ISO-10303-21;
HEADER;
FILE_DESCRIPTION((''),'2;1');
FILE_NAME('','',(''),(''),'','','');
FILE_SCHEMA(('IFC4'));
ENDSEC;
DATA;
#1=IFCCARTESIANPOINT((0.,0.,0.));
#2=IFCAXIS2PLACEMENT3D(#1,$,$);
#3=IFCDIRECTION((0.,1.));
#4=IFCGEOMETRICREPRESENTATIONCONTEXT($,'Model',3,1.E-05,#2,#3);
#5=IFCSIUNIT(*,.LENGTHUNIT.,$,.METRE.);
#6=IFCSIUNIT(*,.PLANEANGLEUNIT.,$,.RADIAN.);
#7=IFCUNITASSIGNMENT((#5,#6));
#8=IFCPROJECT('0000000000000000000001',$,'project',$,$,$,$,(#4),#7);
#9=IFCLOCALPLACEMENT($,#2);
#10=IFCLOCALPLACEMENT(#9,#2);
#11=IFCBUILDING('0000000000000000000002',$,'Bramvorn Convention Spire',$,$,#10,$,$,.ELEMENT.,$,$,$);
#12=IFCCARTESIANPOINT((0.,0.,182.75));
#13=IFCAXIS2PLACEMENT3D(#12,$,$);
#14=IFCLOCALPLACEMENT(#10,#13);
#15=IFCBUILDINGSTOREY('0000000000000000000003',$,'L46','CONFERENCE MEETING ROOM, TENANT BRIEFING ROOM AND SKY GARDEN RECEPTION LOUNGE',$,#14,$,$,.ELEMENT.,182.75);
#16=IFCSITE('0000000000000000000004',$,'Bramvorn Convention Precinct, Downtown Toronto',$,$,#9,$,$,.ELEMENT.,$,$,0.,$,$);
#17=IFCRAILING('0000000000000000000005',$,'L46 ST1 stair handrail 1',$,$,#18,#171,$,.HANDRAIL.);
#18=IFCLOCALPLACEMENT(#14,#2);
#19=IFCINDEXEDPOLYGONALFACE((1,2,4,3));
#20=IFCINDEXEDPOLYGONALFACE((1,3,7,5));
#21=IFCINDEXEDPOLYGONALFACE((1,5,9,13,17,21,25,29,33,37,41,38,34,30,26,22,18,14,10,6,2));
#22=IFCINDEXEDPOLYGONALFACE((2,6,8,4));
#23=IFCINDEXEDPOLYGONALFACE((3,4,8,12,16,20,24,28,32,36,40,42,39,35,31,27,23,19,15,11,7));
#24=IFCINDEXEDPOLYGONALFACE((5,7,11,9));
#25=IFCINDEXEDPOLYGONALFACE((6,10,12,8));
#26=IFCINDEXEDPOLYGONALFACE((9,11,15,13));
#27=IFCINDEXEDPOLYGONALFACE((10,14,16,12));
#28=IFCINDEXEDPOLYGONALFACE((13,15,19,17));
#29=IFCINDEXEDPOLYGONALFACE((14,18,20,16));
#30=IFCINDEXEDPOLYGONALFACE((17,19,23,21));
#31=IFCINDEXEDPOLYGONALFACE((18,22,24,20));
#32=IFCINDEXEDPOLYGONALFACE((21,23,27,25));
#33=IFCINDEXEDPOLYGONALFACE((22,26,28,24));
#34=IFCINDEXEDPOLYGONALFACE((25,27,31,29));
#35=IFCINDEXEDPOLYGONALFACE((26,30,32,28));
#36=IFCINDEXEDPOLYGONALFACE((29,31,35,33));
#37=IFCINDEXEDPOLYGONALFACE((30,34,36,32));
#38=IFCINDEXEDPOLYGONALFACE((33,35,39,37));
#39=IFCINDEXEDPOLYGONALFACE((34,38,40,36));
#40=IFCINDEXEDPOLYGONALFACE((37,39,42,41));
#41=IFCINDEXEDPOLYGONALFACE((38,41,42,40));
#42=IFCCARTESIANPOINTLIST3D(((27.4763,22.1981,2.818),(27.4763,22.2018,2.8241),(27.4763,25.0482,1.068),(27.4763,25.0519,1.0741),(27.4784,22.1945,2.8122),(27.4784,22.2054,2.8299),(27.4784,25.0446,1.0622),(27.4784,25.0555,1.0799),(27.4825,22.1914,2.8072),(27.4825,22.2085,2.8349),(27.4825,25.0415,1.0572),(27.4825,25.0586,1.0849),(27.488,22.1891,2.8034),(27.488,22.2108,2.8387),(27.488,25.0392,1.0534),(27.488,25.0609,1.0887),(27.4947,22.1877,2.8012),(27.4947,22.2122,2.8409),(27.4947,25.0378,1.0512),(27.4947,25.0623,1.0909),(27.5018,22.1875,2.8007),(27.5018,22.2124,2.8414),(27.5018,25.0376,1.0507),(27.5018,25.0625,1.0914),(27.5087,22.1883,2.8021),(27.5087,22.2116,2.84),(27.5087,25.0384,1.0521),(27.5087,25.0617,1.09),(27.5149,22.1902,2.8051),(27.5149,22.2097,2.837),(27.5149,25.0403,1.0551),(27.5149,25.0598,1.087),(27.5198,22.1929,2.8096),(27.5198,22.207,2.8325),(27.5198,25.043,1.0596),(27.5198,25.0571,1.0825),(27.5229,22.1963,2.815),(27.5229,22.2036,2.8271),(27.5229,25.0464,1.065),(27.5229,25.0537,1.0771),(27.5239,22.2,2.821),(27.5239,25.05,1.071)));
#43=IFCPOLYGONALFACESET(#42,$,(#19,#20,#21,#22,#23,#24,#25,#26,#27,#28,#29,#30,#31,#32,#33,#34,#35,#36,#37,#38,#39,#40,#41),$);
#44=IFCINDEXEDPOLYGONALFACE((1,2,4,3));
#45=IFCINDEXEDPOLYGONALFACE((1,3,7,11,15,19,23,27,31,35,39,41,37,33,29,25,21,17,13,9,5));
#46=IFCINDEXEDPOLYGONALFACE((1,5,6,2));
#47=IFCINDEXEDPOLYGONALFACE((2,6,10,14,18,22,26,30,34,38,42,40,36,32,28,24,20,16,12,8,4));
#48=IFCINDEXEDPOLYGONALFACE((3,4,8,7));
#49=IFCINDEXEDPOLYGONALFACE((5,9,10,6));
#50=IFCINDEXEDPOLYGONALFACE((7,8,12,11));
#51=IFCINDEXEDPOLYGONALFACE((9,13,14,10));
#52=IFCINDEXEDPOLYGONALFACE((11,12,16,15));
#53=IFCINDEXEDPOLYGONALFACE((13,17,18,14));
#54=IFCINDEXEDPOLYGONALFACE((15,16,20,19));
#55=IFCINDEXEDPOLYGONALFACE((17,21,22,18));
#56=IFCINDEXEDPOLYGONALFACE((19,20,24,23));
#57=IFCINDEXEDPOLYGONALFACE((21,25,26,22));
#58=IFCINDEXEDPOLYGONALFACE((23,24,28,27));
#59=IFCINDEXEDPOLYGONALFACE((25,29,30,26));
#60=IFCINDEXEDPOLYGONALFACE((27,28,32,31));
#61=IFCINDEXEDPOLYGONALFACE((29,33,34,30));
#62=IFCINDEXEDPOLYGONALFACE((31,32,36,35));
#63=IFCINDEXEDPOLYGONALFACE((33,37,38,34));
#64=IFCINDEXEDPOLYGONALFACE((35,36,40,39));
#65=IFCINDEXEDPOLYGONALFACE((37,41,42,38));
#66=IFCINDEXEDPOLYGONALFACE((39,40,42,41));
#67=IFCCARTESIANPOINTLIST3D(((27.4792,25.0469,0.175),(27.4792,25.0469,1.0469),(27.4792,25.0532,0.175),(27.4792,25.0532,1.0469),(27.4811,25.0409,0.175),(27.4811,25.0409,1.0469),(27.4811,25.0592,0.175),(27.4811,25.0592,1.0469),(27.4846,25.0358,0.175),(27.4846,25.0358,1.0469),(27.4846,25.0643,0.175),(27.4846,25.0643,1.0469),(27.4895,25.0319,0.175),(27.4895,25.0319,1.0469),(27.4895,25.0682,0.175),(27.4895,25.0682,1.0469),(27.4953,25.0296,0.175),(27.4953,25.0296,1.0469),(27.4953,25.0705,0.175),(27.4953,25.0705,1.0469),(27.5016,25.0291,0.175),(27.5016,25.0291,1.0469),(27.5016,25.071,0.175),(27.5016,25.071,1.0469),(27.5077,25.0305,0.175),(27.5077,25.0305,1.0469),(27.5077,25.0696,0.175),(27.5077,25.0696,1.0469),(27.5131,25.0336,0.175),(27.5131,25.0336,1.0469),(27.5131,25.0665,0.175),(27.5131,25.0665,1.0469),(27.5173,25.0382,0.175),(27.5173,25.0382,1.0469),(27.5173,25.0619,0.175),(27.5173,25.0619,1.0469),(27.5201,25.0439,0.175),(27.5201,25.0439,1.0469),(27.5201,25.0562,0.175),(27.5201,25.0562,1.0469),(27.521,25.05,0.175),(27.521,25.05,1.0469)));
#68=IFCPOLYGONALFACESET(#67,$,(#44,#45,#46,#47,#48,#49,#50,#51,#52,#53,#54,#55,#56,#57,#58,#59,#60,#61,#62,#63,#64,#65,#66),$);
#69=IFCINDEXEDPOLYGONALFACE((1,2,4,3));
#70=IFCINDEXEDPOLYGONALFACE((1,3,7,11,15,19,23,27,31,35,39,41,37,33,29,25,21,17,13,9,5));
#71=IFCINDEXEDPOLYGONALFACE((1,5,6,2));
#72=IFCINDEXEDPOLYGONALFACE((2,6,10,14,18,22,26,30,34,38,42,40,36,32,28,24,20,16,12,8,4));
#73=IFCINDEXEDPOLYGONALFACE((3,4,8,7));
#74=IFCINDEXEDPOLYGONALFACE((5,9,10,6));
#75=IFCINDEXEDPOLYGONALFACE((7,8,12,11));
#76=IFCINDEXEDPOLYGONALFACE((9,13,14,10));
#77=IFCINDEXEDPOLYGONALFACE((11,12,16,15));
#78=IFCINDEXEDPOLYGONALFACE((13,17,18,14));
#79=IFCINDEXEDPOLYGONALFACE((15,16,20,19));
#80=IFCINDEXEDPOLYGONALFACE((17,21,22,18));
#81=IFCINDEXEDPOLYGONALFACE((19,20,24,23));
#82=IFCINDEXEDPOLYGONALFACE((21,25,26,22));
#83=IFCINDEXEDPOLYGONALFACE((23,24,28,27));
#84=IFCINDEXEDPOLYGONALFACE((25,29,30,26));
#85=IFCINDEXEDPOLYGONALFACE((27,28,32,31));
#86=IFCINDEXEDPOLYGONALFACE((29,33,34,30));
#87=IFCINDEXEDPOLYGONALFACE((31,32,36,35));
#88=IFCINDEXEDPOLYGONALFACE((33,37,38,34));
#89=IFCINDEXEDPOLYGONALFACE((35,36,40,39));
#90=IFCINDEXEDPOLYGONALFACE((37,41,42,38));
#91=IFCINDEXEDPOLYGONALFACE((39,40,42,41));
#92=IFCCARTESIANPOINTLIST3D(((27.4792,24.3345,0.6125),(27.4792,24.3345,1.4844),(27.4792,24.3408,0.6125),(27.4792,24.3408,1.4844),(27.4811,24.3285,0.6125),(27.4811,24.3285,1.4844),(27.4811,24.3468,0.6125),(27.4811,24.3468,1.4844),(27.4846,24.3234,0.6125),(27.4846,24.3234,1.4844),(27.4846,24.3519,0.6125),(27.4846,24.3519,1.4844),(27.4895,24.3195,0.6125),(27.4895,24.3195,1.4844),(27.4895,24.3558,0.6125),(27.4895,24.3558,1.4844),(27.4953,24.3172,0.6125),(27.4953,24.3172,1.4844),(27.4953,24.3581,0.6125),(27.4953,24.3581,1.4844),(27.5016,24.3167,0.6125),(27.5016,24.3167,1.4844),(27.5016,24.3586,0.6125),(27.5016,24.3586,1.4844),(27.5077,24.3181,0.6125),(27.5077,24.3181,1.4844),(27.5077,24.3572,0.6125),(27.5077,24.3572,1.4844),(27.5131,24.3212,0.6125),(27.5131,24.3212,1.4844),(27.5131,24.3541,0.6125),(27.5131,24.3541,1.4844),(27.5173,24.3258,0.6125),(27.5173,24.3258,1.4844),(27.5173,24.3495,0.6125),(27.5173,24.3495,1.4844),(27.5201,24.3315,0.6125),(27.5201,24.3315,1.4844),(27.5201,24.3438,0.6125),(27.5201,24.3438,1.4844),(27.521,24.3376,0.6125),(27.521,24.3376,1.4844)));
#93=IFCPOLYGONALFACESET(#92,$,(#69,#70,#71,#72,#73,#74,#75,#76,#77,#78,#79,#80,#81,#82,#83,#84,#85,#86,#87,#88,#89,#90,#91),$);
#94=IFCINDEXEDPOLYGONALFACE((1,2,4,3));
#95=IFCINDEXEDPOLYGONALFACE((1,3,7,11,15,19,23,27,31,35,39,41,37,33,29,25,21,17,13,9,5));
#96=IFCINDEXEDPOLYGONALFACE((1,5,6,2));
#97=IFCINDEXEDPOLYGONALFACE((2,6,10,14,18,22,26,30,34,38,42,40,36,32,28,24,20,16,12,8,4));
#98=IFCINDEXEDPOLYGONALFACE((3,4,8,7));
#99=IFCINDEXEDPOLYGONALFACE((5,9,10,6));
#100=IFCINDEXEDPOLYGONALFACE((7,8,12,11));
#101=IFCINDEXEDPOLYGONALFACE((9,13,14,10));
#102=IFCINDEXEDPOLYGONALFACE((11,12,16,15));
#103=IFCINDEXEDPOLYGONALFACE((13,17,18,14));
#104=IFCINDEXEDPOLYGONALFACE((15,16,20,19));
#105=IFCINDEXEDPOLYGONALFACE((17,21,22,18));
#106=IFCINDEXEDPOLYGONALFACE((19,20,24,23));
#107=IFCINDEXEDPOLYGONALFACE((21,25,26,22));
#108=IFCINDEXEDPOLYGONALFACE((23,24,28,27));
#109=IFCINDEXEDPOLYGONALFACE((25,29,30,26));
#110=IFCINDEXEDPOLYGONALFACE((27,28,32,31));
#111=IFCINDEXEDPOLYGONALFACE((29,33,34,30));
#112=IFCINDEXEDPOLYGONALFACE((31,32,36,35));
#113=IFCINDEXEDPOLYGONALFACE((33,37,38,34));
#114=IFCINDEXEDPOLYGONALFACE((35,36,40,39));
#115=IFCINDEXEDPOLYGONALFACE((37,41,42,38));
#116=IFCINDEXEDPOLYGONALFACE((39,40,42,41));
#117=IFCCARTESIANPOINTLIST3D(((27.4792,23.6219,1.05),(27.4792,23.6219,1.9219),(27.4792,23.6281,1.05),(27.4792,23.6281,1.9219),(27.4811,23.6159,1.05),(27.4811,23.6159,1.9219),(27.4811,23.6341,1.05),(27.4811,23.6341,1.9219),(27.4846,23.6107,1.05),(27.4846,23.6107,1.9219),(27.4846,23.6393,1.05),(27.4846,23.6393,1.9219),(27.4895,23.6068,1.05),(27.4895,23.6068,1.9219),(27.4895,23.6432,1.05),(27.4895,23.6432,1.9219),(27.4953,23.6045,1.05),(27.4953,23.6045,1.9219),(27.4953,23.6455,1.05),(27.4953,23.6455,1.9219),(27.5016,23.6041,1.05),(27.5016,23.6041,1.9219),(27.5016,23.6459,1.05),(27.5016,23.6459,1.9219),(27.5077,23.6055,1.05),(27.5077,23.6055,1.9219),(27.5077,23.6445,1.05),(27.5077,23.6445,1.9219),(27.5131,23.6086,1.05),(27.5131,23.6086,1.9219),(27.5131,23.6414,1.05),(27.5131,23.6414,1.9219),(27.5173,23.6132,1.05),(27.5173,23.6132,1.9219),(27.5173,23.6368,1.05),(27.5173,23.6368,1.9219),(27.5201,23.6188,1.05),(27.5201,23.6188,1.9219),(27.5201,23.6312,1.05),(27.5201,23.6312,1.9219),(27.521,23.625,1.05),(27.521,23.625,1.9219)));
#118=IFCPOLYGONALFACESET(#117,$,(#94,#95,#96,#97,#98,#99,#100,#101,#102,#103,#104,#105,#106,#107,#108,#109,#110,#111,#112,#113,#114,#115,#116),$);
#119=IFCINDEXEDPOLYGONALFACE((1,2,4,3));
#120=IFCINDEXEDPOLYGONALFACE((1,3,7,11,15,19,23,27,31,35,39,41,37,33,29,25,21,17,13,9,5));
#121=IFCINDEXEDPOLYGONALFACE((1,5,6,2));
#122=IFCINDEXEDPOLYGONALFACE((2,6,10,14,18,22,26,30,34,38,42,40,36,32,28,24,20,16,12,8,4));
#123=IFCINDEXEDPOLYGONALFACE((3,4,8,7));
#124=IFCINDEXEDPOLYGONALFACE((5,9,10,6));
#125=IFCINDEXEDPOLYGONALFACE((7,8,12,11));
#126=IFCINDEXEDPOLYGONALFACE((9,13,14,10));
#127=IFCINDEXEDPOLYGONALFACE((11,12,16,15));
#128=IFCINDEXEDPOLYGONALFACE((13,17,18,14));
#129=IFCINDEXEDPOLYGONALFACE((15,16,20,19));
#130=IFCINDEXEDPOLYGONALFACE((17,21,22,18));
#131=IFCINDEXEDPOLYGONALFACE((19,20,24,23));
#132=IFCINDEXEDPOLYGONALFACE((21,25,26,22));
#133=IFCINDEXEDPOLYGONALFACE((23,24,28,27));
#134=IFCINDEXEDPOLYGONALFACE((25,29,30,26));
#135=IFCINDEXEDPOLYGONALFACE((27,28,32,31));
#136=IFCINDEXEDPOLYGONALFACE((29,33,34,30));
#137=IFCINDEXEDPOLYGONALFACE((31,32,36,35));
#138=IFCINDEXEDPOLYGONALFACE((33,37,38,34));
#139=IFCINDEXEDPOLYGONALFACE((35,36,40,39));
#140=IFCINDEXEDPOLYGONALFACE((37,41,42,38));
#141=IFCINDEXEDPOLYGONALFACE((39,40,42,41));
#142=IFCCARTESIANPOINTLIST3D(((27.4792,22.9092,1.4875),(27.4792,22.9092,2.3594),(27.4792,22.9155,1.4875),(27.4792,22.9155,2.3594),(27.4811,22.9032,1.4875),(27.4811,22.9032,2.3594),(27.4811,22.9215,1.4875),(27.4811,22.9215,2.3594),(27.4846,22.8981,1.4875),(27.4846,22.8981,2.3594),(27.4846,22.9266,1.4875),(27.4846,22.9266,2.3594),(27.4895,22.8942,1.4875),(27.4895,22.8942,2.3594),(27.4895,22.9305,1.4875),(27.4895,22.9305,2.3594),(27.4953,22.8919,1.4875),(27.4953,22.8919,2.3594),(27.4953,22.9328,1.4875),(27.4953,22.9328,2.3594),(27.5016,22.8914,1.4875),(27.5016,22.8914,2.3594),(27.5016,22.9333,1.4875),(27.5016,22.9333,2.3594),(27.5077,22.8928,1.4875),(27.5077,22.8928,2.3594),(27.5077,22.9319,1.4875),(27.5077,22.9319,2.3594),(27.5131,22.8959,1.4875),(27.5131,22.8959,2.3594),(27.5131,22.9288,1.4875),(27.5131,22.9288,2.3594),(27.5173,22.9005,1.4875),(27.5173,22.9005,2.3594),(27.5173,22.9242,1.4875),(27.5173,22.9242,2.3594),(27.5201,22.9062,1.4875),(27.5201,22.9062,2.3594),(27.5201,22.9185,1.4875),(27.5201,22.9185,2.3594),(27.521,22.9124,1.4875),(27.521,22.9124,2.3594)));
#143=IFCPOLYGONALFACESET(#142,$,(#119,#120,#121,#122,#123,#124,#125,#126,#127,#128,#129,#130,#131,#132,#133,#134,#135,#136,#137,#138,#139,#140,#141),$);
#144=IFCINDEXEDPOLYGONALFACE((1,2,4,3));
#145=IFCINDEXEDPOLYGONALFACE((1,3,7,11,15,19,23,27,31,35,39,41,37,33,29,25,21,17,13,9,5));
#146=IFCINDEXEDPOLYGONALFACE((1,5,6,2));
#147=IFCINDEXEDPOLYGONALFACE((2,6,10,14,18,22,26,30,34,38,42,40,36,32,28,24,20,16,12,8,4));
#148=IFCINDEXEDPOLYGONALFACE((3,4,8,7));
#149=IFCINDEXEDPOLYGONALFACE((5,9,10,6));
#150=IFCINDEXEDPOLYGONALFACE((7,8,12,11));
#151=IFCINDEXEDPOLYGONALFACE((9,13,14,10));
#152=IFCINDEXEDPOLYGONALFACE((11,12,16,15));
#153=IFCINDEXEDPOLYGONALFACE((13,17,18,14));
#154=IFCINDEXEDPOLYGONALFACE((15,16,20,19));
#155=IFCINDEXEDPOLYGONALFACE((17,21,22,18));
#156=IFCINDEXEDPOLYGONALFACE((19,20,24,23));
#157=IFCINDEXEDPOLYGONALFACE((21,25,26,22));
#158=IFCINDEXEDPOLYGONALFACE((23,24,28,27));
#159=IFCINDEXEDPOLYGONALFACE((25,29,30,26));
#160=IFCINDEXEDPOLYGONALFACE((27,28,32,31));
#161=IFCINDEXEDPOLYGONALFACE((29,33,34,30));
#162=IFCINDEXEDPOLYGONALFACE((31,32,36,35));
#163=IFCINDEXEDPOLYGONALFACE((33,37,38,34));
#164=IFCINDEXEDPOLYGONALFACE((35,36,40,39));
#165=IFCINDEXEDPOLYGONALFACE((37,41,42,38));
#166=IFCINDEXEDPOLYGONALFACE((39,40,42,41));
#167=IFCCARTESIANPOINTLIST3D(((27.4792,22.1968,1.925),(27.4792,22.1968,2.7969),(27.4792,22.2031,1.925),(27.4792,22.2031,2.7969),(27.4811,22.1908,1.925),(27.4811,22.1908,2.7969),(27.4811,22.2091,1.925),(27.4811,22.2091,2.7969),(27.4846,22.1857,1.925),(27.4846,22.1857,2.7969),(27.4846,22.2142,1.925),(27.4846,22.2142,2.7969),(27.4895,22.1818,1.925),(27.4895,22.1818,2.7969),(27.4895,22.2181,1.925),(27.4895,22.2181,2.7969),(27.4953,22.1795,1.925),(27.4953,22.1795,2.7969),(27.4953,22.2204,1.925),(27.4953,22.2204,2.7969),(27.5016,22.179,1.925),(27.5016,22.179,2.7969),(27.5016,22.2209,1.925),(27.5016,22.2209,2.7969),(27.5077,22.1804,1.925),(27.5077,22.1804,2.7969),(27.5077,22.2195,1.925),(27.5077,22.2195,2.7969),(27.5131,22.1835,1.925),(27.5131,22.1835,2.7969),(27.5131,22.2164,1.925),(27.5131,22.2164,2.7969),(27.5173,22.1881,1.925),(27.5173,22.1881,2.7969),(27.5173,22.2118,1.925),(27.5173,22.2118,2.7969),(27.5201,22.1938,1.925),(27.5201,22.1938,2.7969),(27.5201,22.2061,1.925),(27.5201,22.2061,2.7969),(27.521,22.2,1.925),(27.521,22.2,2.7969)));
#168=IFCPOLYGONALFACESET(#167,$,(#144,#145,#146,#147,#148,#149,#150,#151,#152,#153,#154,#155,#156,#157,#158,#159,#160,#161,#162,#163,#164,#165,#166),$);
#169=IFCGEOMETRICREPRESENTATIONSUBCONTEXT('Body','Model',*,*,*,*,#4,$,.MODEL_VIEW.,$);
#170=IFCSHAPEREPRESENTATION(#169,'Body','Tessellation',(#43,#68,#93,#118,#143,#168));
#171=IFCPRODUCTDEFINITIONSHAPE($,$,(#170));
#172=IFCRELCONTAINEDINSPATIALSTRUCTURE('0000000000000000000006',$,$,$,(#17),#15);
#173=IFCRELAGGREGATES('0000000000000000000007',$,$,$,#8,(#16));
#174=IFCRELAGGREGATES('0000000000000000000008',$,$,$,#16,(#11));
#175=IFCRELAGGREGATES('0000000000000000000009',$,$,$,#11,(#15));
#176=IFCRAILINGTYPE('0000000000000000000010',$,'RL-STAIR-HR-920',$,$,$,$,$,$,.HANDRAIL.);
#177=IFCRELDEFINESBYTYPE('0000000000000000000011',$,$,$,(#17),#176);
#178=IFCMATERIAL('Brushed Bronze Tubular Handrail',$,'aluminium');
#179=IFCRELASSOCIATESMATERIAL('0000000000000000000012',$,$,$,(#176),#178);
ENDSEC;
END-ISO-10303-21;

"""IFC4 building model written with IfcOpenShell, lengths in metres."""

from ifc_helpers import new_model, si_unit, direction, frame, origin, origin_2d, place, context, subcontext, project, spatial, circle, extrude, material, type_object, element, save


model = new_model("IFC4")

# Units and contexts
model_context = context("Model", 3, precision=1e-05, world=origin(), true_north=direction((0.0, 1.0)))
body_context = subcontext(model_context, "Body", "Model", "MODEL_VIEW")
ifc_project = project(units=[si_unit("LENGTHUNIT", "METRE"), si_unit("PLANEANGLEUNIT", "RADIAN")], contexts=[model_context])

# Site, building, storey
site_placement = place(None, origin())
site = spatial("IfcSite", under=ifc_project, at=site_placement, Name="Bramvorn Convention Precinct, Downtown Toronto", CompositionType="ELEMENT", RefElevation=0.0)
building_placement = place(site_placement, origin())
building = spatial("IfcBuilding", under=site, at=building_placement, Name="Bramvorn Convention Spire", CompositionType="ELEMENT")
storey_placement = place(building_placement, frame((0.0, 0.0, 182.75)))
storey = spatial("IfcBuildingStorey", under=building, at=storey_placement, Name="L46", Description="CONFERENCE MEETING ROOM, TENANT BRIEFING ROOM AND SKY GARDEN RECEPTION LOUNGE", CompositionType="ELEMENT", Elevation=182.75)

# Railing
ifc_material_1 = material(Name="Brushed Bronze Tubular Handrail", Category="aluminium")
railing_type_1 = type_object("IfcRailingType", Name="RL-STAIR-HR-920", PredefinedType="HANDRAIL", material=ifc_material_1)
railing_1_placement = place(storey_placement, frame((27.5, 25.05, 0.175)))
element("IfcRailing", 1, at=railing_1_placement, inside=storey, type_object=railing_type_1, Name="L46 ST1 stair handrail 1", PredefinedType="HANDRAIL", context=body_context, shape_type="SweptSolid", body=[
    extrude(circle(Radius=0.0239, at=origin_2d()), frame((0.0, 0.0, 0.896), z_axis=(0.0, -0.852179, 0.52325), x_axis=(1.0, 0.0, 0.0)), (0.0, 0.0, 1.0), 3.3445),
    extrude(circle(Radius=0.021, at=origin_2d()), origin(), (0.0, 0.0, 1.0), 0.8718),
    extrude(circle(Radius=0.021, at=origin_2d()), frame((0.0, -0.7124, 0.4375)), (0.0, 0.0, 1.0), 0.8718),
    extrude(circle(Radius=0.021, at=origin_2d()), frame((0.0, -1.425, 0.875)), (0.0, 0.0, 1.0), 0.8718),
    extrude(circle(Radius=0.021, at=origin_2d()), frame((0.0, -2.1377, 1.3125)), (0.0, 0.0, 1.0), 0.8718),
    extrude(circle(Radius=0.021, at=origin_2d()), frame((0.0, -2.8501, 1.75)), (0.0, 0.0, 1.0), 0.8718),
])

save(model, "model.ifc")
